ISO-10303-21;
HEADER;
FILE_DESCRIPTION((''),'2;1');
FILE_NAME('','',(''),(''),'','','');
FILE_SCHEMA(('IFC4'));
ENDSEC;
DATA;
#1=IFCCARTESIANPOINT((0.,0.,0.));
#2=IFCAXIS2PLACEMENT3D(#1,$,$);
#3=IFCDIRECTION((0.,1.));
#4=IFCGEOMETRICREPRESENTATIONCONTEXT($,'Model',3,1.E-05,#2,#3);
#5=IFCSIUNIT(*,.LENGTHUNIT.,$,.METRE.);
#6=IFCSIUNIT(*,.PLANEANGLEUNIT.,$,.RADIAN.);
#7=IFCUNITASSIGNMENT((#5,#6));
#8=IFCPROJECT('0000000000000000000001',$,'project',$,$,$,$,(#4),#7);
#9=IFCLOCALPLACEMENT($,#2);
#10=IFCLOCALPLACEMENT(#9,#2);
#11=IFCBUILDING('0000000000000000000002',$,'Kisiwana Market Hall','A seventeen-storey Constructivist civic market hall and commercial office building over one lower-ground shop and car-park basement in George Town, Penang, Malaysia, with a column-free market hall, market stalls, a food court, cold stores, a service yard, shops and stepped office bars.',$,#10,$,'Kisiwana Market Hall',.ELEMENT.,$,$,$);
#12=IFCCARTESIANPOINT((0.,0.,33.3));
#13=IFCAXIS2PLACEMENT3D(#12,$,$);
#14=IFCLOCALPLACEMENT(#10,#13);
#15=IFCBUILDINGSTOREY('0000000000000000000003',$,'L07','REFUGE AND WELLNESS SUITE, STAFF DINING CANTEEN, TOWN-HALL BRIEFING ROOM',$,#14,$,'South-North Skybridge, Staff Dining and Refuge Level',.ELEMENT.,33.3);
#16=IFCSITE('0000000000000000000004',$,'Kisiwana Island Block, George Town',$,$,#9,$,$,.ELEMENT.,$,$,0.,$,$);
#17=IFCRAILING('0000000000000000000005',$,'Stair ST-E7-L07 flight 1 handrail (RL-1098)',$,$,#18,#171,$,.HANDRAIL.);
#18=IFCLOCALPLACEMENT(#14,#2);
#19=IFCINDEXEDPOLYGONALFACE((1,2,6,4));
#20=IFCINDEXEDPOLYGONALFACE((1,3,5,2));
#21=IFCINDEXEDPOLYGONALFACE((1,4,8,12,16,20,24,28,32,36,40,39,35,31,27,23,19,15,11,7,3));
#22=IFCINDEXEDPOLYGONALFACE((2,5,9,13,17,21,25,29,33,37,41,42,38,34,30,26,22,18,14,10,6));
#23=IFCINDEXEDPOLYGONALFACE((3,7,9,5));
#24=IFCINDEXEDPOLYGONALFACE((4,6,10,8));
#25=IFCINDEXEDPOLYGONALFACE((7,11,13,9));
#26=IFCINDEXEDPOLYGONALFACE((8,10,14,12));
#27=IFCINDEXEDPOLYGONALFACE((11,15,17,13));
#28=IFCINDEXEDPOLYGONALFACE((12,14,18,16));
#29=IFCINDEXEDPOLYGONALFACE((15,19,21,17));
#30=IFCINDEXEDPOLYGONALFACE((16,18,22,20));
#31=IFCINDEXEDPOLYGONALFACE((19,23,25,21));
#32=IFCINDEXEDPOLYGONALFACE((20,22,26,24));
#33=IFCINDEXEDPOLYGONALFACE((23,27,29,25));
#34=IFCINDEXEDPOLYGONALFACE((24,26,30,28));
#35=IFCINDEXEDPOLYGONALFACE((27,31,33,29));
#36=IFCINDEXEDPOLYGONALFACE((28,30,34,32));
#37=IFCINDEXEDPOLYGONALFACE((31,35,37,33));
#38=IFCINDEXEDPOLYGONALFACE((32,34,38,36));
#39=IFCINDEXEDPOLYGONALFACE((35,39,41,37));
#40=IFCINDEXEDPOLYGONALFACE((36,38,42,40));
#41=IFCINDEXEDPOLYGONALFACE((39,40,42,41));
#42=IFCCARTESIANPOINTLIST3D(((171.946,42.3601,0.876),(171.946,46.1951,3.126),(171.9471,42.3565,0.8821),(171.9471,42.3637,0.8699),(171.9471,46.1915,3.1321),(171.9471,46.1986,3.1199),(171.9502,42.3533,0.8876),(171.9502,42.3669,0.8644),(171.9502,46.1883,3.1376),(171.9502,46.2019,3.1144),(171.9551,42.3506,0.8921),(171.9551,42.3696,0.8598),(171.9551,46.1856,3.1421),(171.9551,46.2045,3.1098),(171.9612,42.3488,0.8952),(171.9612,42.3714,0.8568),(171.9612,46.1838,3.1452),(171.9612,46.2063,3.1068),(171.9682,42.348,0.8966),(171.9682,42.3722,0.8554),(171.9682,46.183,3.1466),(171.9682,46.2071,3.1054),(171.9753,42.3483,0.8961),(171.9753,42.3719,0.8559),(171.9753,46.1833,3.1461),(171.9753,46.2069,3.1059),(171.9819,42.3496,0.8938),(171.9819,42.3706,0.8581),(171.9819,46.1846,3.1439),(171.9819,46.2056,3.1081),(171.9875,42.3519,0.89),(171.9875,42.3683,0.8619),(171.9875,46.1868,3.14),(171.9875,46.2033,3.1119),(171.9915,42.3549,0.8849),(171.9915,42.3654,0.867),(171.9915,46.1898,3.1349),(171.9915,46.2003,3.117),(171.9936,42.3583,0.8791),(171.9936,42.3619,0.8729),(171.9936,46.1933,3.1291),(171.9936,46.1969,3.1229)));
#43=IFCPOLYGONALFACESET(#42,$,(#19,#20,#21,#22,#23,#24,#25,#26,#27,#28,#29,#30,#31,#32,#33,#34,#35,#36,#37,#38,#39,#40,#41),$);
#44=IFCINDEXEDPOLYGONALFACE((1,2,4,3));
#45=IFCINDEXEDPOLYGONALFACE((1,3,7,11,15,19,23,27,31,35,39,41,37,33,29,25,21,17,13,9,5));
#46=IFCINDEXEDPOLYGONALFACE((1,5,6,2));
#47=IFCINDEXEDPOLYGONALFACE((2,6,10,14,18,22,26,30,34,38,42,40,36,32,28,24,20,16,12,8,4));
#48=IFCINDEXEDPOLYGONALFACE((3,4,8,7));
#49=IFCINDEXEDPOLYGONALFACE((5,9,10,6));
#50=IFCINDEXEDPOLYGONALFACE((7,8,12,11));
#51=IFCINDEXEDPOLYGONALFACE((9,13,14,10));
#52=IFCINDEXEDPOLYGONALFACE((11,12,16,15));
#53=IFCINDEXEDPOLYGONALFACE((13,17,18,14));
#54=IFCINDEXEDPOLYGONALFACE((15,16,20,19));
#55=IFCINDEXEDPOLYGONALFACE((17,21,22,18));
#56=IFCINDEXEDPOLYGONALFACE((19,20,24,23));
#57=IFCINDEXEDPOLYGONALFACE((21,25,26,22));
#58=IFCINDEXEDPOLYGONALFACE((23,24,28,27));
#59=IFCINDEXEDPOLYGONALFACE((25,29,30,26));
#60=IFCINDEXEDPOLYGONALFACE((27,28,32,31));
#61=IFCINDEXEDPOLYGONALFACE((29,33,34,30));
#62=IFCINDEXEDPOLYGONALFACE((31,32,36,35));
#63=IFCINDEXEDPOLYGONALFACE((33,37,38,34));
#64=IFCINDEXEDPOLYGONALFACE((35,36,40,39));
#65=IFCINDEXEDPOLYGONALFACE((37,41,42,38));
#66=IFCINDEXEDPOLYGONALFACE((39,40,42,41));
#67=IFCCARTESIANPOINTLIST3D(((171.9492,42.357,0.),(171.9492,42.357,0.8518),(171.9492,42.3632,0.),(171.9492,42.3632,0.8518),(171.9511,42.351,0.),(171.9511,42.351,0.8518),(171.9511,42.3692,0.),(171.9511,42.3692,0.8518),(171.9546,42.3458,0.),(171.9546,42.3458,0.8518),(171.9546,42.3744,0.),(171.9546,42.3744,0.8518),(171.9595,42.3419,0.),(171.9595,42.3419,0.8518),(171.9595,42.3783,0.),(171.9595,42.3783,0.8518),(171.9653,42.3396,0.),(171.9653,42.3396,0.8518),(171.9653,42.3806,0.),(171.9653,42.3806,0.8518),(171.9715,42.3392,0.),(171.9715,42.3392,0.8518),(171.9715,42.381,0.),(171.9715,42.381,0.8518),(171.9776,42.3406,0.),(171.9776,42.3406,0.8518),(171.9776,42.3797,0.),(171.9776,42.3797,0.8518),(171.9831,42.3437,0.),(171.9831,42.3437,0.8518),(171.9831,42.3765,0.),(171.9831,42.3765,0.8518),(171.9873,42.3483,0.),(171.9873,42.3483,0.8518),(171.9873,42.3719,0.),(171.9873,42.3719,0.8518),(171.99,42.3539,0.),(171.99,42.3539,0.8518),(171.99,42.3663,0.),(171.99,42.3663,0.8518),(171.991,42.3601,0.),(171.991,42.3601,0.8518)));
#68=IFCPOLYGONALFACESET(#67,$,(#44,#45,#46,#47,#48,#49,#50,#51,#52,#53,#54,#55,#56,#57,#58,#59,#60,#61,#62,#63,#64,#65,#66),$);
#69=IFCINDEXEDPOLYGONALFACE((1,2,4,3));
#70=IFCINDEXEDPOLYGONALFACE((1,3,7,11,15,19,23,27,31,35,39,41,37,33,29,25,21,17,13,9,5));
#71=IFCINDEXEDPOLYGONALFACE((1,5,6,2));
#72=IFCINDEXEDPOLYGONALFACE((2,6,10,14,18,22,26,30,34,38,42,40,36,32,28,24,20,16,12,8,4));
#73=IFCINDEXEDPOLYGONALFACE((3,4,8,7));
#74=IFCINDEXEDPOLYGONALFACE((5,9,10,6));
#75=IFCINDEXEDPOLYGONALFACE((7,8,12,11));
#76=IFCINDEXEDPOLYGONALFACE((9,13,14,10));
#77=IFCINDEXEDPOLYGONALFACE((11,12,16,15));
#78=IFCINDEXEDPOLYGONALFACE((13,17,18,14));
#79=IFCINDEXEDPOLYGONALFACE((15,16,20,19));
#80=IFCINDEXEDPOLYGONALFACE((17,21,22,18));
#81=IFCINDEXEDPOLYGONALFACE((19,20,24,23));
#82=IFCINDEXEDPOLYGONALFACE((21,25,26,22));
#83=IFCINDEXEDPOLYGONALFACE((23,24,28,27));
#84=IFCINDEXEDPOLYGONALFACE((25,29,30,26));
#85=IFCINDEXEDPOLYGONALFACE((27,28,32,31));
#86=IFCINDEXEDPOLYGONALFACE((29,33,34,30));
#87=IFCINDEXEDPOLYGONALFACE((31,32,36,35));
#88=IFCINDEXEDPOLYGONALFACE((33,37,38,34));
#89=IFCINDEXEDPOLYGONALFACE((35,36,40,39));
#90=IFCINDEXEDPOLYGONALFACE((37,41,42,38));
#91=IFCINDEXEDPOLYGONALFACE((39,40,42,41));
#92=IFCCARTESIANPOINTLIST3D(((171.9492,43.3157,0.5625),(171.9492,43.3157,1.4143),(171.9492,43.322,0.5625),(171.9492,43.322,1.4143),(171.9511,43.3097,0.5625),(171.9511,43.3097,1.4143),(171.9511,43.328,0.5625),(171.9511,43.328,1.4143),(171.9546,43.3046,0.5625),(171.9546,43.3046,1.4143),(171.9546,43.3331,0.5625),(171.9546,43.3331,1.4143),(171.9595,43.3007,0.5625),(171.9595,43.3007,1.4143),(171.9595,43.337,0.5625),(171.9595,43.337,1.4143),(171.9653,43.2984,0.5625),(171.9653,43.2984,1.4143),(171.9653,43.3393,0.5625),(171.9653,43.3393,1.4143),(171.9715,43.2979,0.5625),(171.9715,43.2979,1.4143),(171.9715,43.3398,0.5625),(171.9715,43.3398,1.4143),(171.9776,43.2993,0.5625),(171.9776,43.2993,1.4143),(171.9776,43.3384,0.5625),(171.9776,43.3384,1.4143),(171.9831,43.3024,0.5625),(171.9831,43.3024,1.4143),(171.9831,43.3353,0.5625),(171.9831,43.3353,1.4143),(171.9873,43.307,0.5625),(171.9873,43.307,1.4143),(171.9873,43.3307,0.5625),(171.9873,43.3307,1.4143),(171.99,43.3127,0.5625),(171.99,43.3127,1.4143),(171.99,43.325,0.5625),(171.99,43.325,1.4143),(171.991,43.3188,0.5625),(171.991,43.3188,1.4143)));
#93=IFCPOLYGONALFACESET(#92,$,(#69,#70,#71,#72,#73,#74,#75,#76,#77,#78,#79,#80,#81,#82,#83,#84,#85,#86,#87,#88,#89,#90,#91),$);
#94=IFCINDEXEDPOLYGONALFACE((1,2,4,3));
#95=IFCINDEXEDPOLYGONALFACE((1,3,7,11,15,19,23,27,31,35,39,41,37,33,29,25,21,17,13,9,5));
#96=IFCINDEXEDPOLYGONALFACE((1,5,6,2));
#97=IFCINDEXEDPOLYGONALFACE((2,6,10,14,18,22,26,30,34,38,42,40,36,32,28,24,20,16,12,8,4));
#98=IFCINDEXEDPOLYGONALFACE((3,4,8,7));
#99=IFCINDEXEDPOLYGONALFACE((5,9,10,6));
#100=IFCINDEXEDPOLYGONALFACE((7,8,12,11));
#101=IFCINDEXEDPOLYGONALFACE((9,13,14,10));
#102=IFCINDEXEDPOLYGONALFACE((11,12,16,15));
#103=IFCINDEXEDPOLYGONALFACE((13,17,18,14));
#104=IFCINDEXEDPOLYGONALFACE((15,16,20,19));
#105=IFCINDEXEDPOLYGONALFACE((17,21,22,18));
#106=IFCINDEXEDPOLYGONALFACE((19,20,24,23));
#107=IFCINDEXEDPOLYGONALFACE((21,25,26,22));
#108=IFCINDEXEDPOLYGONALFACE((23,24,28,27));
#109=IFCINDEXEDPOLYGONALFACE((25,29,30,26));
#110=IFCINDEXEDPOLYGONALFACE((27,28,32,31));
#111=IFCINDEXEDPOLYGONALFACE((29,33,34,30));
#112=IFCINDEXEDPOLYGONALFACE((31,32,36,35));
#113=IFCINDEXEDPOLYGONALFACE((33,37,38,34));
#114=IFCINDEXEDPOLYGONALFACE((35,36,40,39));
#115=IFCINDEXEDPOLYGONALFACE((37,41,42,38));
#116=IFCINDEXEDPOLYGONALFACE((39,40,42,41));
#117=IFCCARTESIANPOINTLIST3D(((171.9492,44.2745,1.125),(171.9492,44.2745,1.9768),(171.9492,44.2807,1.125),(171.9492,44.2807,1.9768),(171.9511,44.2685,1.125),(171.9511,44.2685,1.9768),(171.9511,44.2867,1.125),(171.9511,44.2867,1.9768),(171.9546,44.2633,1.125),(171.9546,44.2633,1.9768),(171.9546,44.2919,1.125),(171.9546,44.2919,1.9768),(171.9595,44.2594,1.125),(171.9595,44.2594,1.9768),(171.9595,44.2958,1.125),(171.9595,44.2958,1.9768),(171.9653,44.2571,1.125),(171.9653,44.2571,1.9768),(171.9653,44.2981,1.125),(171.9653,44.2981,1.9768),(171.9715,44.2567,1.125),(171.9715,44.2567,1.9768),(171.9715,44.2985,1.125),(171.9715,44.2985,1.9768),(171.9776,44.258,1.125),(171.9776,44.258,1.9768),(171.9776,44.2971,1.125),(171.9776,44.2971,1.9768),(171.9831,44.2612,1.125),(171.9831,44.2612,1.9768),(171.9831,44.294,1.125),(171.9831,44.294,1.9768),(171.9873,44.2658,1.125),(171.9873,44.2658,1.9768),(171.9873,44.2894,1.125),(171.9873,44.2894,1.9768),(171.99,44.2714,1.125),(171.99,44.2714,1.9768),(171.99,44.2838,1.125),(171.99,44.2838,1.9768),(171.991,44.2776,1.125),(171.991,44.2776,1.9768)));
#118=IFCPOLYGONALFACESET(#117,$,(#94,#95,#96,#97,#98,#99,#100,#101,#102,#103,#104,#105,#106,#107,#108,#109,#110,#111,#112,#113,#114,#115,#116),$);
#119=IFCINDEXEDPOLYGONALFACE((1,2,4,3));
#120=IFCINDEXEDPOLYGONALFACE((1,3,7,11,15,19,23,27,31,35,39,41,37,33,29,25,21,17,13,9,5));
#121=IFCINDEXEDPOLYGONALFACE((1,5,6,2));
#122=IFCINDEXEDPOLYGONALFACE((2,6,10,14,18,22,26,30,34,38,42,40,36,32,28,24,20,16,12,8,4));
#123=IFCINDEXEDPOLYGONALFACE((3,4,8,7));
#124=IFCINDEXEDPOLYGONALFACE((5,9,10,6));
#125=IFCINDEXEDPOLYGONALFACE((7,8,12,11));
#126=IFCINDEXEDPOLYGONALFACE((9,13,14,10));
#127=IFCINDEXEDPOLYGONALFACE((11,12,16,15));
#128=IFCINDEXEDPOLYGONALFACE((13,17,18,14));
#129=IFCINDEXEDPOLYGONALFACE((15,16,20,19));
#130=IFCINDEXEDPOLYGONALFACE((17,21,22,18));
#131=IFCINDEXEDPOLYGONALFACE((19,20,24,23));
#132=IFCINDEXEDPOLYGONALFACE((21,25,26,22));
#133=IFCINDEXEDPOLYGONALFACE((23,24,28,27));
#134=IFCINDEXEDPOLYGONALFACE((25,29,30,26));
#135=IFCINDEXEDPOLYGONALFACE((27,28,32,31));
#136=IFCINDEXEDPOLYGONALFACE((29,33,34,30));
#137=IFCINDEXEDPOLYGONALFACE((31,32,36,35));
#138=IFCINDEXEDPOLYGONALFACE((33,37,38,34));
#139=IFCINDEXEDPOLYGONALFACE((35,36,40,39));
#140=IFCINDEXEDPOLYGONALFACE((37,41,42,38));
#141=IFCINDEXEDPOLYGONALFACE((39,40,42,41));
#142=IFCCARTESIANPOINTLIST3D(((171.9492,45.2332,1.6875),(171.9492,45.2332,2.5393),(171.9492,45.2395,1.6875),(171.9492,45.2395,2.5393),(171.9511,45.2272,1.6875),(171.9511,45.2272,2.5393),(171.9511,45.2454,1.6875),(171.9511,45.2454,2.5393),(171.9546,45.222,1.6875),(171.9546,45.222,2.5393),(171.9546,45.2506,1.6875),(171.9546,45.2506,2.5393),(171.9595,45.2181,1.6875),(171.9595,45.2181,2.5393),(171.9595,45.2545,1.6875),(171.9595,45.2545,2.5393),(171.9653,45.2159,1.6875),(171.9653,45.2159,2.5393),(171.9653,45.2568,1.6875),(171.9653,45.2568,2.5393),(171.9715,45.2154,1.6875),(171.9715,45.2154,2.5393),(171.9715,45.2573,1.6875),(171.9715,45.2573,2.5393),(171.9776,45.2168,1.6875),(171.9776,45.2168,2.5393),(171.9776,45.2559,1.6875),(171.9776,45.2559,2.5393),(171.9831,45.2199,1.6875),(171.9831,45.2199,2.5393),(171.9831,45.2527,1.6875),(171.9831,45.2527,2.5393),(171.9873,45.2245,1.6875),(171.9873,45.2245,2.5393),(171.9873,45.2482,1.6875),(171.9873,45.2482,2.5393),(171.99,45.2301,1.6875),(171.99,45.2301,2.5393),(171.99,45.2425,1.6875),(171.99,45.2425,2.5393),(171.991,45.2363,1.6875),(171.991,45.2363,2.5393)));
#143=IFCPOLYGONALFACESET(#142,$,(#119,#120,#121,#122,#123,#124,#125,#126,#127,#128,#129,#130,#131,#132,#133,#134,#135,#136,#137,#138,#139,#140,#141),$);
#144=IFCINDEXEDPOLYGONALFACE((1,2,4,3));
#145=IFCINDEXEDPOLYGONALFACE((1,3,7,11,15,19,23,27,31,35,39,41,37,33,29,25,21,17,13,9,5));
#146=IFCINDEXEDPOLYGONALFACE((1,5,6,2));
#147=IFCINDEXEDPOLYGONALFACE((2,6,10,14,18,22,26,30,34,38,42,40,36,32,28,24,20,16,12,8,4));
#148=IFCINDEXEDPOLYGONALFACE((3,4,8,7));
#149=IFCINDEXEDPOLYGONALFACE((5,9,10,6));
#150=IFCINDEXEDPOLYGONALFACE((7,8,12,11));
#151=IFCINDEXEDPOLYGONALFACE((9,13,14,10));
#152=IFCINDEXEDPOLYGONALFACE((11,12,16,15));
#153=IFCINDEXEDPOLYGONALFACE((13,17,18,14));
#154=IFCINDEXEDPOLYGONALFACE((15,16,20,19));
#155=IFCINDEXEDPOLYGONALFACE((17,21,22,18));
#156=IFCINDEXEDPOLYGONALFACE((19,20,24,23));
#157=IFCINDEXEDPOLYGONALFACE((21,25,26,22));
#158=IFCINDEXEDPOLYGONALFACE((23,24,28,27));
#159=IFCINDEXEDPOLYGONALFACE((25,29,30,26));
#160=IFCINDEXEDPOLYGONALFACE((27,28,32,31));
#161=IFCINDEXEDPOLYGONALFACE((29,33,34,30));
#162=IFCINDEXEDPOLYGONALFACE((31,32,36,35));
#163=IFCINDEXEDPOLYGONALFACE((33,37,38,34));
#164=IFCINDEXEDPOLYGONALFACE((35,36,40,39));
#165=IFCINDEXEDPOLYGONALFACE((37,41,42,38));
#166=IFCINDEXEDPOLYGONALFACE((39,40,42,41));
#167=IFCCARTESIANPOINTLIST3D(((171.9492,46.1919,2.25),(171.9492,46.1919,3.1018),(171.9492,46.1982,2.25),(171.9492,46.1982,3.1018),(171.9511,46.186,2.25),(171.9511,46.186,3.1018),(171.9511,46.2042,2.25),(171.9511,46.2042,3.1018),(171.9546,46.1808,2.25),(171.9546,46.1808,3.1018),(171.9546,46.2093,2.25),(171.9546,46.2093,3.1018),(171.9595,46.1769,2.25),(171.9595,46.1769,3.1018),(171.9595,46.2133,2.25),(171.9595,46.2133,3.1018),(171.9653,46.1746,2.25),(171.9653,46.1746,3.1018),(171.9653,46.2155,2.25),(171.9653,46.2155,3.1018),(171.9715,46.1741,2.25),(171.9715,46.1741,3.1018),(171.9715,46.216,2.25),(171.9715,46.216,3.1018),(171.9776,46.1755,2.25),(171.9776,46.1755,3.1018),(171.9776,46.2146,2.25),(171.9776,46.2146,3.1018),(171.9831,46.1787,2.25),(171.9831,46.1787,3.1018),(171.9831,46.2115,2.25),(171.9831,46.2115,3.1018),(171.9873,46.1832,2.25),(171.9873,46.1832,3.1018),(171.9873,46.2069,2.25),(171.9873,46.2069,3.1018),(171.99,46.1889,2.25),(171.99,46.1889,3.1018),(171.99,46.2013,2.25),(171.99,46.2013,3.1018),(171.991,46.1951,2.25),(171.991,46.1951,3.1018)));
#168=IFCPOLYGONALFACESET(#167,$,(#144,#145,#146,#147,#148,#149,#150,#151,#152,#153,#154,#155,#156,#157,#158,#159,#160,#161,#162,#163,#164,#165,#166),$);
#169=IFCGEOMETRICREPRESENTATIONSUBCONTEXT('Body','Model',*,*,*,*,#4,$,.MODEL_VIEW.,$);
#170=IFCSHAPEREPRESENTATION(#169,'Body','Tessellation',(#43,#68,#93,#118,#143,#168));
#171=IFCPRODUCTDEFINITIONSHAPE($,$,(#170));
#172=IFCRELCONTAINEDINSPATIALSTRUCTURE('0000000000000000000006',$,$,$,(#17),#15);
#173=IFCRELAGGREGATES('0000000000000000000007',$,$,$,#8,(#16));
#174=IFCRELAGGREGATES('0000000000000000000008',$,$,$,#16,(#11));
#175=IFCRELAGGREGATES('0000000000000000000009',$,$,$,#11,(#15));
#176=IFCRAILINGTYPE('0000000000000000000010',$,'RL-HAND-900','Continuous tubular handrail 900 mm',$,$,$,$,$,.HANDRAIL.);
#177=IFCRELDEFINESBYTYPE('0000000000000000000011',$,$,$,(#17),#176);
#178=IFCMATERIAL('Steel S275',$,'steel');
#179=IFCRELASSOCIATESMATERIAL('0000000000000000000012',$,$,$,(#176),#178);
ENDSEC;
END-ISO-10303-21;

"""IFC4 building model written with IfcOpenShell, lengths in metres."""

from ifc_helpers import new_model, si_unit, direction, frame, origin, origin_2d, place, context, subcontext, project, spatial, circle, extrude, material, type_object, element, save


model = new_model("IFC4")

# Units and contexts
model_context = context("Model", 3, precision=1e-05, world=origin(), true_north=direction((0.0, 1.0)))
body_context = subcontext(model_context, "Body", "Model", "MODEL_VIEW")
ifc_project = project(units=[si_unit("LENGTHUNIT", "METRE"), si_unit("PLANEANGLEUNIT", "RADIAN")], contexts=[model_context])

# Site, building, storey
site_placement = place(None, origin())
site = spatial("IfcSite", under=ifc_project, at=site_placement, Name="Kisiwana Island Block, George Town", CompositionType="ELEMENT", RefElevation=0.0)
building_placement = place(site_placement, origin())
building = spatial("IfcBuilding", under=site, at=building_placement, Name="Kisiwana Market Hall", Description="A seventeen-storey Constructivist civic market hall and commercial office building over one lower-ground shop and car-park basement in George Town, Penang, Malaysia, with a column-free market hall, market stalls, a food court, cold stores, a service yard, shops and stepped office bars.", LongName="Kisiwana Market Hall", CompositionType="ELEMENT")
storey_placement = place(building_placement, frame((0.0, 0.0, 33.3)))
storey = spatial("IfcBuildingStorey", under=building, at=storey_placement, Name="L07", Description="REFUGE AND WELLNESS SUITE, STAFF DINING CANTEEN, TOWN-HALL BRIEFING ROOM", LongName="South-North Skybridge, Staff Dining and Refuge Level", CompositionType="ELEMENT", Elevation=33.3)

# Railing
ifc_material_1 = material(Name="Steel S275", Category="steel")
railing_type_1 = type_object("IfcRailingType", Name="RL-HAND-900", Description="Continuous tubular handrail 900 mm", PredefinedType="HANDRAIL", material=ifc_material_1)
railing_1_placement = place(storey_placement, frame((171.97, 42.3601, 0.0)))
element("IfcRailing", 1, at=railing_1_placement, inside=storey, type_object=railing_type_1, Name="Stair ST-E7-L07 flight 1 handrail (RL-1098)", PredefinedType="HANDRAIL", context=body_context, shape_type="SweptSolid", body=[
    extrude(circle(Radius=0.0239, at=origin_2d()), frame((0.0, 0.0, 0.876), z_axis=(0.0, 0.86251, 0.506041), x_axis=(-1.0, 0.0, 0.0)), (0.0, 0.0, 1.0), 4.4463),
    extrude(circle(Radius=0.021, at=origin_2d()), origin(), (0.0, 0.0, 1.0), 0.8518),
    extrude(circle(Radius=0.021, at=origin_2d()), frame((0.0, 0.9587, 0.5625)), (0.0, 0.0, 1.0), 0.8518),
    extrude(circle(Radius=0.021, at=origin_2d()), frame((0.0, 1.9175, 1.125)), (0.0, 0.0, 1.0), 0.8518),
    extrude(circle(Radius=0.021, at=origin_2d()), frame((0.0, 2.8762, 1.6875)), (0.0, 0.0, 1.0), 0.8518),
    extrude(circle(Radius=0.021, at=origin_2d()), frame((0.0, 3.835, 2.25)), (0.0, 0.0, 1.0), 0.8518),
])

save(model, "model.ifc")
